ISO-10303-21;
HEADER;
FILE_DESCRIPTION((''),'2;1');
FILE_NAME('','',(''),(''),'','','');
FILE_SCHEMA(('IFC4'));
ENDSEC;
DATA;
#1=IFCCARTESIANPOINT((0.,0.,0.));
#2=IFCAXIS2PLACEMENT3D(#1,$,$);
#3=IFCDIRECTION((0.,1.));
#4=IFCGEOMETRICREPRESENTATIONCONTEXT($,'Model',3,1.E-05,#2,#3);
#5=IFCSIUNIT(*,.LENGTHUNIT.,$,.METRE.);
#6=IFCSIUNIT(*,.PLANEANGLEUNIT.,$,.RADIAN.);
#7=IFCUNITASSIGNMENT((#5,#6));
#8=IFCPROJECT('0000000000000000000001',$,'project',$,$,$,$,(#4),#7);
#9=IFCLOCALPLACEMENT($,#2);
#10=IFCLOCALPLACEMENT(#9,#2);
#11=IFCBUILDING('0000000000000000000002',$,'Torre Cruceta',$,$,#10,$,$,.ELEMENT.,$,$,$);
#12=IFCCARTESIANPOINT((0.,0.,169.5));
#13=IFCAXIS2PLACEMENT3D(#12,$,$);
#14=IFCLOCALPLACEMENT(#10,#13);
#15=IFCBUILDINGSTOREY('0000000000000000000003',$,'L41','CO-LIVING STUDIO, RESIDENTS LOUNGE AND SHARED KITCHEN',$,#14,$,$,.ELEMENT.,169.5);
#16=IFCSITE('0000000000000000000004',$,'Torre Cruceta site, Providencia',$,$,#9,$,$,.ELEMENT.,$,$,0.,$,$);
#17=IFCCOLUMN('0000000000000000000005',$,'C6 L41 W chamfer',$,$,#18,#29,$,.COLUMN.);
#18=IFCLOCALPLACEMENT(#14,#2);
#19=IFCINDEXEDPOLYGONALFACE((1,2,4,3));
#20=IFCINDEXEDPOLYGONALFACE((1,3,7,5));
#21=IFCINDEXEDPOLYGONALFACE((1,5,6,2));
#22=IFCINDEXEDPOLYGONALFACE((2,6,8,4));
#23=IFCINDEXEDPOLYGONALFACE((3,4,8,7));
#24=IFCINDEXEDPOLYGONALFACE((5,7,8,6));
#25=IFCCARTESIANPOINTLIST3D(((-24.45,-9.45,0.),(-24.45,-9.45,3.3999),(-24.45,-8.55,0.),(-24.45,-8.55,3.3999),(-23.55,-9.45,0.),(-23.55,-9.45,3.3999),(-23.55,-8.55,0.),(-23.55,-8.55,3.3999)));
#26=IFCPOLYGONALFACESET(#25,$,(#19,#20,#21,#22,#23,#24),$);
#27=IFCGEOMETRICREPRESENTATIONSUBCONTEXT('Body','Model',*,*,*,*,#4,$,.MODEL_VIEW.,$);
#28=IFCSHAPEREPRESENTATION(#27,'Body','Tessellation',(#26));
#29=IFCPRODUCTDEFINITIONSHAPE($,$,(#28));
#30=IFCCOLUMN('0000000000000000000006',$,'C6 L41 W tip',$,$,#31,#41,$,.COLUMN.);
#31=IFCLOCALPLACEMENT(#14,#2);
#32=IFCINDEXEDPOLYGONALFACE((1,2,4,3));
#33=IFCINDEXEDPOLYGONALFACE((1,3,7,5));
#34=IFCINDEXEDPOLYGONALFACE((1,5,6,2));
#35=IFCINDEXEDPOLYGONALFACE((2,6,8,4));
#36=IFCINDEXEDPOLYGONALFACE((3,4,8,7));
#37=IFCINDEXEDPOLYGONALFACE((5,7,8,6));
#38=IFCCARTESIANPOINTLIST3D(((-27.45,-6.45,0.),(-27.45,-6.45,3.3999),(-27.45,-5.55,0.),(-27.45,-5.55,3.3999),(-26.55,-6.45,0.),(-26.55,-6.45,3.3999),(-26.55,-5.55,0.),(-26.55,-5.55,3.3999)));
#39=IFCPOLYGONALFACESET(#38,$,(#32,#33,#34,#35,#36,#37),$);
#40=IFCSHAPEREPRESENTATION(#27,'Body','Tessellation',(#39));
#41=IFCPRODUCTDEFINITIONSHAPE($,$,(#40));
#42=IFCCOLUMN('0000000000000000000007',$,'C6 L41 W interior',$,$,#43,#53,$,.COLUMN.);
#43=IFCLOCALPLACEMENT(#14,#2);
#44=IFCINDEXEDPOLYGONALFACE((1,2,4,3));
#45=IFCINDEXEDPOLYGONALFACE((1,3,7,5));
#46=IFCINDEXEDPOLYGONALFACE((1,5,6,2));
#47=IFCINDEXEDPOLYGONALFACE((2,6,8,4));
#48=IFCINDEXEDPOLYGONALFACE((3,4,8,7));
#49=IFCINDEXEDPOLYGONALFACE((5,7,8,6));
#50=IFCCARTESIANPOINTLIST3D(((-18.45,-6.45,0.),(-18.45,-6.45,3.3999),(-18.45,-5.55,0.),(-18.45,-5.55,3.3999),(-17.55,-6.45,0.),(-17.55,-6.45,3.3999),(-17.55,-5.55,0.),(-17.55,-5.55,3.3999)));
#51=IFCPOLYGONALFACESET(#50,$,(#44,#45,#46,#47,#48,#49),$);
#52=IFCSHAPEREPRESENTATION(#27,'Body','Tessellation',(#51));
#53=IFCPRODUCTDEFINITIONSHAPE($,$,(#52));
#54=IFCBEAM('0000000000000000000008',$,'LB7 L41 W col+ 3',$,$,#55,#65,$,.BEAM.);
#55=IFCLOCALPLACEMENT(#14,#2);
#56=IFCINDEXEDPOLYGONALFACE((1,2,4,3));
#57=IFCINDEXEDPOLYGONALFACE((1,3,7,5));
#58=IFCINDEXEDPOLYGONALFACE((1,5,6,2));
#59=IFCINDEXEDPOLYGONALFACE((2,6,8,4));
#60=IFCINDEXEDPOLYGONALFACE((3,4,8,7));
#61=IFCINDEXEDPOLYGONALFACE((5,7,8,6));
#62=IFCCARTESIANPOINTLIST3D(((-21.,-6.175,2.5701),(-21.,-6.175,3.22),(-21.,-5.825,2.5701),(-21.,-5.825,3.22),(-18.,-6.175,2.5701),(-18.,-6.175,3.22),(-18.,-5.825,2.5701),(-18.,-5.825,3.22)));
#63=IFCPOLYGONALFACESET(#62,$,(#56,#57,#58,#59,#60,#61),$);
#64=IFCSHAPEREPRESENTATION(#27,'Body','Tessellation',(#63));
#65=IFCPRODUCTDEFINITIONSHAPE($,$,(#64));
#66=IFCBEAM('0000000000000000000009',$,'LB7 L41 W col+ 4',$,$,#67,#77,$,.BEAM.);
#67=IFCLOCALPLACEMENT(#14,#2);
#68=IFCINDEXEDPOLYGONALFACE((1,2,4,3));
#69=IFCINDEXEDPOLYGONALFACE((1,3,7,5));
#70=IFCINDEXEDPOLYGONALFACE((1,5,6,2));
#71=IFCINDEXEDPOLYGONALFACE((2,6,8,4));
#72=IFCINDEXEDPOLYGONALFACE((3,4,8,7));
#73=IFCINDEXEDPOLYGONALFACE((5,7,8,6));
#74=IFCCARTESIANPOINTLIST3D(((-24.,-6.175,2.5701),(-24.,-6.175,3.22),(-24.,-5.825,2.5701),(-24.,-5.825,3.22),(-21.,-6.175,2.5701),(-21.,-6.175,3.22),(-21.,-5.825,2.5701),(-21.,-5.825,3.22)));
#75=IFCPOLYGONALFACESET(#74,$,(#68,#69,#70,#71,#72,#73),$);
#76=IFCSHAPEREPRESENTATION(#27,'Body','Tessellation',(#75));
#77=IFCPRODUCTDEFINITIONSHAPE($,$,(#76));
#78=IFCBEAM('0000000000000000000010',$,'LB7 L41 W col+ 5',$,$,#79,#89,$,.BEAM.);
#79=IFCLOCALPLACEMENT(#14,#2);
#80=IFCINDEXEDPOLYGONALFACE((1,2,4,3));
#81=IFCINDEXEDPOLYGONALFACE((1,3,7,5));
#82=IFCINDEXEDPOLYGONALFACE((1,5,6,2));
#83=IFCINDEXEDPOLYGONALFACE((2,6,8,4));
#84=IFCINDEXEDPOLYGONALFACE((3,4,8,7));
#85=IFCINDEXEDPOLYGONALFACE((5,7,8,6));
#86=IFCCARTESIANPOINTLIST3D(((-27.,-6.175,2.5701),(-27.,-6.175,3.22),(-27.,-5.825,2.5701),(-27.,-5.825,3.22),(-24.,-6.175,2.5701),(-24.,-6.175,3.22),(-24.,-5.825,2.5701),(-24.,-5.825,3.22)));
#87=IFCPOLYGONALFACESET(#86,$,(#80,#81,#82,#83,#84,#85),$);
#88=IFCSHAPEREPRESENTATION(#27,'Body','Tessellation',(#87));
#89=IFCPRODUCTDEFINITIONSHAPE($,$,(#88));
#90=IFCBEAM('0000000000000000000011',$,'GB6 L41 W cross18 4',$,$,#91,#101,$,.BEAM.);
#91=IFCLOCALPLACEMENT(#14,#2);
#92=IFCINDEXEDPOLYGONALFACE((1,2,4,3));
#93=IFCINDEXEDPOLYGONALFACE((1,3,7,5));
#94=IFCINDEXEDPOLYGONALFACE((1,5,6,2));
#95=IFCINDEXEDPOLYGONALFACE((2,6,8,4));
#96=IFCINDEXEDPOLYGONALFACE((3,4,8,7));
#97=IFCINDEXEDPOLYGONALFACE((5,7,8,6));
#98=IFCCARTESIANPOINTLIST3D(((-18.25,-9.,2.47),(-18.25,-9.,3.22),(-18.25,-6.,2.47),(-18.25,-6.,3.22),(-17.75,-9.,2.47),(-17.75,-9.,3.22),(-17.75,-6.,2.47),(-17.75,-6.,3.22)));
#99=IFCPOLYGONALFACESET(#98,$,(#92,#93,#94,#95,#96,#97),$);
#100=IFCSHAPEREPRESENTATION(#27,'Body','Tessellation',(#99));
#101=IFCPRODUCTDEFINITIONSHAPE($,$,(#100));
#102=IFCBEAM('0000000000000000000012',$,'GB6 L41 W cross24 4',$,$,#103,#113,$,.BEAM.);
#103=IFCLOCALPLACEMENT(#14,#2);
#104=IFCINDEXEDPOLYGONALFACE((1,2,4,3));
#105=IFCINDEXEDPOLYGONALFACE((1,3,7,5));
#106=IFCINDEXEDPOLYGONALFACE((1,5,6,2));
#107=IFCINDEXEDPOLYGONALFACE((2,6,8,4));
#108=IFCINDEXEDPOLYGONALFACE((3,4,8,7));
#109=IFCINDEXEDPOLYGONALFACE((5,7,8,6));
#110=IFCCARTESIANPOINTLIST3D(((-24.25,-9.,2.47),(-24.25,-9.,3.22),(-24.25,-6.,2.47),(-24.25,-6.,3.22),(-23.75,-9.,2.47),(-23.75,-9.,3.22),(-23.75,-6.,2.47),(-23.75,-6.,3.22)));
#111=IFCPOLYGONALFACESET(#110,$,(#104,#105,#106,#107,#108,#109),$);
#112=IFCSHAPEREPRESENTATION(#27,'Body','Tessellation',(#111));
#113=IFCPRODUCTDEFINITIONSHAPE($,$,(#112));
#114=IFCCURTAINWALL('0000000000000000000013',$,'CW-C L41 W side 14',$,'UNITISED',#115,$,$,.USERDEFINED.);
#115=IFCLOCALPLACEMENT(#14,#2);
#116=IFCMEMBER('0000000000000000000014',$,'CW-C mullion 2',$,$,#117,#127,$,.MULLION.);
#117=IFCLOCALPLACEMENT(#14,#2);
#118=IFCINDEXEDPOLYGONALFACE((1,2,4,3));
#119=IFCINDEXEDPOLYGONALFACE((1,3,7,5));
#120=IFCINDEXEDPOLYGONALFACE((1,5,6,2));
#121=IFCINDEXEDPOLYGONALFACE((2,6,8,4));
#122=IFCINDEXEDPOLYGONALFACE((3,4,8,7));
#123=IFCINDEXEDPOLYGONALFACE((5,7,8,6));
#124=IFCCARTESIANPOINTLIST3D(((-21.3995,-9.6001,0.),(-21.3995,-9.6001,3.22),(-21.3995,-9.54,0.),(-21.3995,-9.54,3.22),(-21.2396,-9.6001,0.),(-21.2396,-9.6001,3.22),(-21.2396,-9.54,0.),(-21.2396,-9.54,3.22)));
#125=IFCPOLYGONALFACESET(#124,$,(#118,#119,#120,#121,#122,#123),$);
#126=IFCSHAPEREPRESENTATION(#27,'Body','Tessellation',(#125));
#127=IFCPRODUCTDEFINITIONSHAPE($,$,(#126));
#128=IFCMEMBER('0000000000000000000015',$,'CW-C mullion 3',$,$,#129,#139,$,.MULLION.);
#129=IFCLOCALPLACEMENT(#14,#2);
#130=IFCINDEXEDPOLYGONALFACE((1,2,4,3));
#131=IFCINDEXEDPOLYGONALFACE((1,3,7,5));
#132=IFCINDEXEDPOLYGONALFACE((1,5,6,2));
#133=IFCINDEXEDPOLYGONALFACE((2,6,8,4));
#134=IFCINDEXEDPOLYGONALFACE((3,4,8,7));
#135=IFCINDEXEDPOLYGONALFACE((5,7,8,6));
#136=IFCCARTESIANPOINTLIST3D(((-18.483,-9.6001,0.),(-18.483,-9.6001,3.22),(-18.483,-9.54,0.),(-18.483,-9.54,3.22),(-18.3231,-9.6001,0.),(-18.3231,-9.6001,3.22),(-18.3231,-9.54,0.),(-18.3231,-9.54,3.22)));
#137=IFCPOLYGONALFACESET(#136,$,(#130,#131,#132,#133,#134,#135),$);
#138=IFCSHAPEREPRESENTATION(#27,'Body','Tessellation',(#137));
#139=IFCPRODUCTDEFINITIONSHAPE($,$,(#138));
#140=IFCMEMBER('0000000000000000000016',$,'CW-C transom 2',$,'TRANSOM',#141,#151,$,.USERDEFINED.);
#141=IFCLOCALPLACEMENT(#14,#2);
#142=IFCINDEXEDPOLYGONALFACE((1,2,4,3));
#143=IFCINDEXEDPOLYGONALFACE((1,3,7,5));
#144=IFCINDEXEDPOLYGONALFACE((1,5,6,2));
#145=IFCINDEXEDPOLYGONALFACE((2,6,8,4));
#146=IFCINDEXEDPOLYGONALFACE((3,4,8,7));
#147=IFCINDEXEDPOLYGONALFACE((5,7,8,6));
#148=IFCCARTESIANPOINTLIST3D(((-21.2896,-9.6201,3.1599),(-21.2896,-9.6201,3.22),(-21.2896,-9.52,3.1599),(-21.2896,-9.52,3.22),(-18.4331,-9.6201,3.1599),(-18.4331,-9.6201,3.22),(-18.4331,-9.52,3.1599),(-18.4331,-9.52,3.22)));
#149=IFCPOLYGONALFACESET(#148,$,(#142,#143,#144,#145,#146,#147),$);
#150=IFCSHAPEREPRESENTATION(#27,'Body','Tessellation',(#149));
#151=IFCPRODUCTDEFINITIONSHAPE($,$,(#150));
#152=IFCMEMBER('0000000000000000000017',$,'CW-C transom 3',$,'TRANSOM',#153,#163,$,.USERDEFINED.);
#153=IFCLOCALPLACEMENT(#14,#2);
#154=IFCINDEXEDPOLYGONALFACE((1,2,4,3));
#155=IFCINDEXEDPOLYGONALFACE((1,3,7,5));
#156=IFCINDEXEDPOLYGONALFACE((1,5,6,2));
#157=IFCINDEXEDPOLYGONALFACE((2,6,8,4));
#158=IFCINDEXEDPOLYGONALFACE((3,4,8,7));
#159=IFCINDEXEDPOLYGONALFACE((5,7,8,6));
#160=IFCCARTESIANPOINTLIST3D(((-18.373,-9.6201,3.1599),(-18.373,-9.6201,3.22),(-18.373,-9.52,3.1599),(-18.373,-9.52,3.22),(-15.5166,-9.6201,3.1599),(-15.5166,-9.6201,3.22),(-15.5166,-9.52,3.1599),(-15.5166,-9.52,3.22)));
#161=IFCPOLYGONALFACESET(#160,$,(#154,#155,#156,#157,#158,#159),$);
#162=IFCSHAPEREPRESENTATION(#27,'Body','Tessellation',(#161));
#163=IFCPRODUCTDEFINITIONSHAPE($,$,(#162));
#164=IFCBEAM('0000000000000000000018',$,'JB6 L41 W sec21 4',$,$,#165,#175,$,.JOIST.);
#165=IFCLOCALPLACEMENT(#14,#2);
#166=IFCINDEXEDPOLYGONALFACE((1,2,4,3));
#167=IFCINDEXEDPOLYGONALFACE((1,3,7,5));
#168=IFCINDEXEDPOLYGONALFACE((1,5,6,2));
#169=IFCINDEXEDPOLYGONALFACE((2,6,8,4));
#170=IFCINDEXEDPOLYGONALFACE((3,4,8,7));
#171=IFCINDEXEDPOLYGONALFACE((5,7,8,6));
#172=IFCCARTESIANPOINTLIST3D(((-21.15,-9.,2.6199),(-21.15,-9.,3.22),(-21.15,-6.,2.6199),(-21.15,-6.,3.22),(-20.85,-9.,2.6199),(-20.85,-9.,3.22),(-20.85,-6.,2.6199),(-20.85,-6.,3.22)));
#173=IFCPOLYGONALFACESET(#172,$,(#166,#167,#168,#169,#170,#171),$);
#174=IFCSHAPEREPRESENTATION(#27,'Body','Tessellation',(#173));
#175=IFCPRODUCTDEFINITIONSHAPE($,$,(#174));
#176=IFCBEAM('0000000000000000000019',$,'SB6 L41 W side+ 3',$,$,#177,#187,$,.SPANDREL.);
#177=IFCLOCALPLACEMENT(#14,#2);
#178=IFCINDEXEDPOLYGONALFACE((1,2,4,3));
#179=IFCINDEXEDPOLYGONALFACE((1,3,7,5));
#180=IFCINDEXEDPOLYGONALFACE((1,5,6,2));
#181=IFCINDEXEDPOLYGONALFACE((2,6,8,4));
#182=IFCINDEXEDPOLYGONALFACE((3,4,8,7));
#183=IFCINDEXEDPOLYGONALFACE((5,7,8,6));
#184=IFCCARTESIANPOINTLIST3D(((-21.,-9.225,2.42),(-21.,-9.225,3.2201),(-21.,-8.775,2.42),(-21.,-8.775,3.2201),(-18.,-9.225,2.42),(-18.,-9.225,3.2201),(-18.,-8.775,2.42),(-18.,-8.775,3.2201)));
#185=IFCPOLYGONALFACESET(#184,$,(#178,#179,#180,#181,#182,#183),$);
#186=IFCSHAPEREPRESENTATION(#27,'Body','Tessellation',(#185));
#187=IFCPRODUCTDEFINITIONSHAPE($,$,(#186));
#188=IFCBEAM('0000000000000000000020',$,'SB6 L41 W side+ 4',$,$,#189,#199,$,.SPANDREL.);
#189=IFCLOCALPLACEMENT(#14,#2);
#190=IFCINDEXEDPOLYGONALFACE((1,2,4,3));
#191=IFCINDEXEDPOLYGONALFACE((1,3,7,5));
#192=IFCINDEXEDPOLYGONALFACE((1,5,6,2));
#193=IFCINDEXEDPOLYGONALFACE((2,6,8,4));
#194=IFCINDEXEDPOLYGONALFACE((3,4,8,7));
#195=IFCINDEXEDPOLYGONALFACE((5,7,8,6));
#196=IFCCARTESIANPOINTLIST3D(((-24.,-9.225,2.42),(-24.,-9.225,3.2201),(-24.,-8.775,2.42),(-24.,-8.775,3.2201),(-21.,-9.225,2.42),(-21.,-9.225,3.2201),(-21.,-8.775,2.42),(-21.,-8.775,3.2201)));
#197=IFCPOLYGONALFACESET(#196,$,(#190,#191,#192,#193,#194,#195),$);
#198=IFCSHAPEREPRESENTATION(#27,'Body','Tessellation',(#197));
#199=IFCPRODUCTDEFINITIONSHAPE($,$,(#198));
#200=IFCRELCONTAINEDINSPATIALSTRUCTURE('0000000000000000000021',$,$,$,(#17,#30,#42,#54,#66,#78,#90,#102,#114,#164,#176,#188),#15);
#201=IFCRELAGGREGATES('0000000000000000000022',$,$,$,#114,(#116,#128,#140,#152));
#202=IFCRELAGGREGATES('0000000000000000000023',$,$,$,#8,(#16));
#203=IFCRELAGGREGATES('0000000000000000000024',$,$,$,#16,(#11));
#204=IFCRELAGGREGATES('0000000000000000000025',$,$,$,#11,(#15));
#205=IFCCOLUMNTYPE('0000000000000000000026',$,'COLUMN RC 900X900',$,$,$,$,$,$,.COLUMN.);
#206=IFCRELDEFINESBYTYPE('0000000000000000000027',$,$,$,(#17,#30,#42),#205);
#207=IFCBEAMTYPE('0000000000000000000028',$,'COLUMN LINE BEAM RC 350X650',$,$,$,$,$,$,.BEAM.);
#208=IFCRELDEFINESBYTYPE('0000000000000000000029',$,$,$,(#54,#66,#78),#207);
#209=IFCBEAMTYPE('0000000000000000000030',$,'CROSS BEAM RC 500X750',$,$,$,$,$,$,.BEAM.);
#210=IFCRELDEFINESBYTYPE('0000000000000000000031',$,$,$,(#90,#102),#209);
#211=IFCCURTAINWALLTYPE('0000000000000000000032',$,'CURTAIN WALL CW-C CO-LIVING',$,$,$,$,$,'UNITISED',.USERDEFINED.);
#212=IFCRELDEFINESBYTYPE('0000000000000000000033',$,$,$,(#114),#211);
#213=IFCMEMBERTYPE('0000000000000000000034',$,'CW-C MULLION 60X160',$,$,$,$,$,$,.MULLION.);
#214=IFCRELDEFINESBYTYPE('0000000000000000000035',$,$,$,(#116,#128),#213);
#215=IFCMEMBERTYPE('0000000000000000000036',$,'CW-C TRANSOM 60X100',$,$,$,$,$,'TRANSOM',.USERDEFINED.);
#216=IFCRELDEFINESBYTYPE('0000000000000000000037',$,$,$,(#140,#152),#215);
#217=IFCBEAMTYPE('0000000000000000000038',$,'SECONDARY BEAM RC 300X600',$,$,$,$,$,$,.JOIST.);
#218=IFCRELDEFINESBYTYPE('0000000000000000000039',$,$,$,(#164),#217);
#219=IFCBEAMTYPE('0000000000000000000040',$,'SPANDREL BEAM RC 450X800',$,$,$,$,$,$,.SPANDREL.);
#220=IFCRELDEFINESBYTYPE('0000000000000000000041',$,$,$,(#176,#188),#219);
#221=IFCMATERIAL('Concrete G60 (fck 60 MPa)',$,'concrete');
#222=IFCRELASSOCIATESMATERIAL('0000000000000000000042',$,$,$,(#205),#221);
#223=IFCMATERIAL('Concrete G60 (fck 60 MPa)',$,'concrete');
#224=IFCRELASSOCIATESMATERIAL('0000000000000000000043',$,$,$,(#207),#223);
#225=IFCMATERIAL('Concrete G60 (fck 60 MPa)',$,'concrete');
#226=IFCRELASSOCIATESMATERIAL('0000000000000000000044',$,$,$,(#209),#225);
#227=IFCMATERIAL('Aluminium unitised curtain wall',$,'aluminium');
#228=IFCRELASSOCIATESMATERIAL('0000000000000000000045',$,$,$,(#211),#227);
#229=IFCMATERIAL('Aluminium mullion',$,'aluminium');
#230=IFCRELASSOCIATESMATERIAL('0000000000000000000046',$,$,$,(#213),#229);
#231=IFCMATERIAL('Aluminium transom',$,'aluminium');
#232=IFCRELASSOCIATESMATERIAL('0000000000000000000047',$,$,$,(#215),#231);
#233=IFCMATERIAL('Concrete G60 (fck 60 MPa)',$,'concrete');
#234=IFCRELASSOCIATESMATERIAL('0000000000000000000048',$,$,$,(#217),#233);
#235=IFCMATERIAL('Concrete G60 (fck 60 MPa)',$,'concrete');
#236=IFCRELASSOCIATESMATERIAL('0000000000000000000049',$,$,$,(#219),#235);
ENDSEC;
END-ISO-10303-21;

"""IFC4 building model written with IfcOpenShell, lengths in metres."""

from ifc_helpers import new_model, si_unit, direction, frame, origin, origin_2d, place, context, subcontext, project, spatial, rectangle, extrude, material, material_profile, profile_set, type_object, element, aggregate, save


model = new_model("IFC4")

# Units and contexts
model_context = context("Model", 3, precision=1e-05, world=origin(), true_north=direction((0.0, 1.0)))
body_context = subcontext(model_context, "Body", "Model", "MODEL_VIEW")
ifc_project = project(units=[si_unit("LENGTHUNIT", "METRE"), si_unit("PLANEANGLEUNIT", "RADIAN")], contexts=[model_context])

# Site, building, storey
site_placement = place(None, origin())
site = spatial("IfcSite", under=ifc_project, at=site_placement, Name="Torre Cruceta site, Providencia", CompositionType="ELEMENT", RefElevation=0.0)
building_placement = place(site_placement, origin())
building = spatial("IfcBuilding", under=site, at=building_placement, Name="Torre Cruceta", CompositionType="ELEMENT")
storey_placement = place(building_placement, frame((0.0, 0.0, 169.5)))
storey = spatial("IfcBuildingStorey", under=building, at=storey_placement, Name="L41", Description="CO-LIVING STUDIO, RESIDENTS LOUNGE AND SHARED KITCHEN", CompositionType="ELEMENT", Elevation=169.5)

# Columns
ifc_material_1 = material(Name="Concrete G60 (fck 60 MPa)", Category="concrete")
ifc_material_profile_1 = material_profile(ifc_material_1, rectangle(XDim=0.8999, YDim=0.8999, at=origin_2d()), Name="RC 900X900")
ifc_profile_set_1 = profile_set([ifc_material_profile_1], Name="Concrete G60 (fck 60 MPa)")
column_type = type_object("IfcColumnType", Name="COLUMN RC 900X900", PredefinedType="COLUMN", material=ifc_profile_set_1)
for number, where, z_axis, x_axis, name in (
    (1, (-24.0, -9.0, 0.0), (0.0, 0.0, 1.0), (1.0, 0.0, 0.0), "C6 L41 W chamfer"),
    (2, (-27.0, -6.0, 0.0), (0.0, 0.0, 1.0), (1.0, 0.0, 0.0), "C6 L41 W tip"),
    (3, (-18.0, -6.0, 0.0), (0.0, 0.0, 1.0), (1.0, 0.0, 0.0), "C6 L41 W interior"),
):
    element("IfcColumn", number, at=place(storey_placement, frame(where, z_axis=z_axis, x_axis=x_axis)), inside=storey, type_object=column_type, Name=name, PredefinedType="COLUMN", context=body_context, shape_type="SweptSolid", body=[
        extrude(rectangle(XDim=0.8999, YDim=0.8999, at=origin_2d()), origin(), (0.0, 0.0, 1.0), 3.3999),
    ])

# Beams
ifc_material_2 = material(Name="Concrete G60 (fck 60 MPa)", Category="concrete")
ifc_material_profile_2 = material_profile(ifc_material_2, rectangle(XDim=0.3501, YDim=0.6499, at=origin_2d()), Name="RC 350X650")
ifc_profile_set_2 = profile_set([ifc_material_profile_2], Name="Concrete G60 (fck 60 MPa)")
beam_type_1 = type_object("IfcBeamType", Name="COLUMN LINE BEAM RC 350X650", PredefinedType="BEAM", material=ifc_profile_set_2)
for number, where, z_axis, x_axis, name in (
    (4, (-18.0, -6.0, 2.895), (-1.0, 0.0, 0.0), (0.0, -1.0, 0.0), "LB7 L41 W col+ 3"),
    (5, (-21.0, -6.0, 2.895), (-1.0, 0.0, 0.0), (0.0, -1.0, 0.0), "LB7 L41 W col+ 4"),
    (6, (-24.0, -6.0, 2.895), (-1.0, 0.0, 0.0), (0.0, -1.0, 0.0), "LB7 L41 W col+ 5"),
):
    element("IfcBeam", number, at=place(storey_placement, frame(where, z_axis=z_axis, x_axis=x_axis)), inside=storey, type_object=beam_type_1, Name=name, PredefinedType="BEAM", context=body_context, shape_type="SweptSolid", body=[
        extrude(rectangle(XDim=0.3501, YDim=0.6499, at=origin_2d()), origin(), (0.0, 0.0, 1.0), 3.0),
    ])
ifc_material_3 = material(Name="Concrete G60 (fck 60 MPa)", Category="concrete")
ifc_material_profile_3 = material_profile(ifc_material_3, rectangle(XDim=0.5, YDim=0.75, at=origin_2d()), Name="RC 500X750")
ifc_profile_set_3 = profile_set([ifc_material_profile_3], Name="Concrete G60 (fck 60 MPa)")
beam_type_2 = type_object("IfcBeamType", Name="CROSS BEAM RC 500X750", PredefinedType="BEAM", material=ifc_profile_set_3)
for number, where, z_axis, x_axis, name in (
    (7, (-18.0, -6.0, 2.845), (0.0, -1.0, 0.0), (1.0, 0.0, 0.0), "GB6 L41 W cross18 4"),
    (8, (-24.0, -6.0, 2.845), (0.0, -1.0, 0.0), (1.0, 0.0, 0.0), "GB6 L41 W cross24 4"),
):
    element("IfcBeam", number, at=place(storey_placement, frame(where, z_axis=z_axis, x_axis=x_axis)), inside=storey, type_object=beam_type_2, Name=name, PredefinedType="BEAM", context=body_context, shape_type="SweptSolid", body=[
        extrude(rectangle(XDim=0.5, YDim=0.75, at=origin_2d()), origin(), (0.0, 0.0, 1.0), 3.0),
    ])

# Curtain wall, members
ifc_material_4 = material(Name="Aluminium unitised curtain wall", Category="aluminium")
curtain_wall_type = type_object("IfcCurtainWallType", Name="CURTAIN WALL CW-C CO-LIVING", ElementType="UNITISED", PredefinedType="USERDEFINED", material=ifc_material_4)
curtain_wall_placement = place(storey_placement, origin())
curtain_wall = element("IfcCurtainWall", 9, at=curtain_wall_placement, inside=storey, type_object=curtain_wall_type, Name="CW-C L41 W side 14", ObjectType="UNITISED", PredefinedType="USERDEFINED")
ifc_material_5 = material(Name="Aluminium mullion", Category="aluminium")
ifc_material_profile_4 = material_profile(ifc_material_5, rectangle(XDim=0.0601, YDim=0.1599, at=origin_2d()), Name="AL 60X160")
ifc_profile_set_4 = profile_set([ifc_material_profile_4], Name="Aluminium mullion")
member_type_1 = type_object("IfcMemberType", Name="CW-C MULLION 60X160", PredefinedType="MULLION", material=ifc_profile_set_4)
member_1_placement = place(storey_placement, frame((-21.3196, -9.5701, 0.0), z_axis=(0.0, 0.0, 1.0), x_axis=(0.0, 1.0, 0.0)))
member_1 = element("IfcMember", 10, at=member_1_placement, type_object=member_type_1, Name="CW-C mullion 2", PredefinedType="MULLION", context=body_context, shape_type="SweptSolid", body=[
    extrude(rectangle(XDim=0.0601, YDim=0.1599, at=origin_2d()), origin(), (0.0, 0.0, 1.0), 3.22),
])
member_2_placement = place(storey_placement, frame((-18.4031, -9.5701, 0.0), z_axis=(0.0, 0.0, 1.0), x_axis=(0.0, 1.0, 0.0)))
member_2 = element("IfcMember", 11, at=member_2_placement, type_object=member_type_1, Name="CW-C mullion 3", PredefinedType="MULLION", context=body_context, shape_type="SweptSolid", body=[
    extrude(rectangle(XDim=0.0601, YDim=0.1599, at=origin_2d()), origin(), (0.0, 0.0, 1.0), 3.22),
])
ifc_material_6 = material(Name="Aluminium transom", Category="aluminium")
ifc_material_profile_5 = material_profile(ifc_material_6, rectangle(XDim=0.1001, YDim=0.0601, at=origin_2d()), Name="AL 100X60")
ifc_profile_set_5 = profile_set([ifc_material_profile_5], Name="Aluminium transom")
member_type_2 = type_object("IfcMemberType", Name="CW-C TRANSOM 60X100", ElementType="TRANSOM", PredefinedType="USERDEFINED", material=ifc_profile_set_5)
member_3_placement = place(storey_placement, frame((-21.2896, -9.5701, 3.1899), z_axis=(1.0, 0.0, 0.0), x_axis=(0.0, 1.0, 0.0)))
member_3 = element("IfcMember", 12, at=member_3_placement, type_object=member_type_2, Name="CW-C transom 2", ObjectType="TRANSOM", PredefinedType="USERDEFINED", context=body_context, shape_type="SweptSolid", body=[
    extrude(rectangle(XDim=0.1001, YDim=0.0601, at=origin_2d()), origin(), (0.0, 0.0, 1.0), 2.8564),
])
member_4_placement = place(storey_placement, frame((-18.373, -9.5701, 3.1899), z_axis=(1.0, 0.0, 0.0), x_axis=(0.0, 1.0, 0.0)))
member_4 = element("IfcMember", 13, at=member_4_placement, type_object=member_type_2, Name="CW-C transom 3", ObjectType="TRANSOM", PredefinedType="USERDEFINED", context=body_context, shape_type="SweptSolid", body=[
    extrude(rectangle(XDim=0.1001, YDim=0.0601, at=origin_2d()), origin(), (0.0, 0.0, 1.0), 2.8564),
])

# Beams
ifc_material_7 = material(Name="Concrete G60 (fck 60 MPa)", Category="concrete")
ifc_material_profile_6 = material_profile(ifc_material_7, rectangle(XDim=0.3, YDim=0.6001, at=origin_2d()), Name="RC 300X600")
ifc_profile_set_6 = profile_set([ifc_material_profile_6], Name="Concrete G60 (fck 60 MPa)")
beam_type_3 = type_object("IfcBeamType", Name="SECONDARY BEAM RC 300X600", PredefinedType="JOIST", material=ifc_profile_set_6)
beam_1_placement = place(storey_placement, frame((-21.0, -6.0, 2.9199), z_axis=(0.0, -1.0, 0.0), x_axis=(1.0, 0.0, 0.0)))
element("IfcBeam", 14, at=beam_1_placement, inside=storey, type_object=beam_type_3, Name="JB6 L41 W sec21 4", PredefinedType="JOIST", context=body_context, shape_type="SweptSolid", body=[
    extrude(rectangle(XDim=0.3, YDim=0.6001, at=origin_2d()), origin(), (0.0, 0.0, 1.0), 3.0),
])
ifc_material_8 = material(Name="Concrete G60 (fck 60 MPa)", Category="concrete")
ifc_material_profile_7 = material_profile(ifc_material_8, rectangle(XDim=0.45, YDim=0.8, at=origin_2d()), Name="RC 450X800")
ifc_profile_set_7 = profile_set([ifc_material_profile_7], Name="Concrete G60 (fck 60 MPa)")
beam_type_4 = type_object("IfcBeamType", Name="SPANDREL BEAM RC 450X800", PredefinedType="SPANDREL", material=ifc_profile_set_7)
for number, where, z_axis, x_axis, name in (
    (15, (-18.0, -9.0, 2.8201), (-1.0, 0.0, 0.0), (0.0, -1.0, 0.0), "SB6 L41 W side+ 3"),
    (16, (-21.0, -9.0, 2.8201), (-1.0, 0.0, 0.0), (0.0, -1.0, 0.0), "SB6 L41 W side+ 4"),
):
    element("IfcBeam", number, at=place(storey_placement, frame(where, z_axis=z_axis, x_axis=x_axis)), inside=storey, type_object=beam_type_4, Name=name, PredefinedType="SPANDREL", context=body_context, shape_type="SweptSolid", body=[
        extrude(rectangle(XDim=0.45, YDim=0.8, at=origin_2d()), origin(), (0.0, 0.0, 1.0), 3.0),
    ])

aggregate(curtain_wall, [member_1, member_2, member_3, member_4])

save(model, "model.ifc")
